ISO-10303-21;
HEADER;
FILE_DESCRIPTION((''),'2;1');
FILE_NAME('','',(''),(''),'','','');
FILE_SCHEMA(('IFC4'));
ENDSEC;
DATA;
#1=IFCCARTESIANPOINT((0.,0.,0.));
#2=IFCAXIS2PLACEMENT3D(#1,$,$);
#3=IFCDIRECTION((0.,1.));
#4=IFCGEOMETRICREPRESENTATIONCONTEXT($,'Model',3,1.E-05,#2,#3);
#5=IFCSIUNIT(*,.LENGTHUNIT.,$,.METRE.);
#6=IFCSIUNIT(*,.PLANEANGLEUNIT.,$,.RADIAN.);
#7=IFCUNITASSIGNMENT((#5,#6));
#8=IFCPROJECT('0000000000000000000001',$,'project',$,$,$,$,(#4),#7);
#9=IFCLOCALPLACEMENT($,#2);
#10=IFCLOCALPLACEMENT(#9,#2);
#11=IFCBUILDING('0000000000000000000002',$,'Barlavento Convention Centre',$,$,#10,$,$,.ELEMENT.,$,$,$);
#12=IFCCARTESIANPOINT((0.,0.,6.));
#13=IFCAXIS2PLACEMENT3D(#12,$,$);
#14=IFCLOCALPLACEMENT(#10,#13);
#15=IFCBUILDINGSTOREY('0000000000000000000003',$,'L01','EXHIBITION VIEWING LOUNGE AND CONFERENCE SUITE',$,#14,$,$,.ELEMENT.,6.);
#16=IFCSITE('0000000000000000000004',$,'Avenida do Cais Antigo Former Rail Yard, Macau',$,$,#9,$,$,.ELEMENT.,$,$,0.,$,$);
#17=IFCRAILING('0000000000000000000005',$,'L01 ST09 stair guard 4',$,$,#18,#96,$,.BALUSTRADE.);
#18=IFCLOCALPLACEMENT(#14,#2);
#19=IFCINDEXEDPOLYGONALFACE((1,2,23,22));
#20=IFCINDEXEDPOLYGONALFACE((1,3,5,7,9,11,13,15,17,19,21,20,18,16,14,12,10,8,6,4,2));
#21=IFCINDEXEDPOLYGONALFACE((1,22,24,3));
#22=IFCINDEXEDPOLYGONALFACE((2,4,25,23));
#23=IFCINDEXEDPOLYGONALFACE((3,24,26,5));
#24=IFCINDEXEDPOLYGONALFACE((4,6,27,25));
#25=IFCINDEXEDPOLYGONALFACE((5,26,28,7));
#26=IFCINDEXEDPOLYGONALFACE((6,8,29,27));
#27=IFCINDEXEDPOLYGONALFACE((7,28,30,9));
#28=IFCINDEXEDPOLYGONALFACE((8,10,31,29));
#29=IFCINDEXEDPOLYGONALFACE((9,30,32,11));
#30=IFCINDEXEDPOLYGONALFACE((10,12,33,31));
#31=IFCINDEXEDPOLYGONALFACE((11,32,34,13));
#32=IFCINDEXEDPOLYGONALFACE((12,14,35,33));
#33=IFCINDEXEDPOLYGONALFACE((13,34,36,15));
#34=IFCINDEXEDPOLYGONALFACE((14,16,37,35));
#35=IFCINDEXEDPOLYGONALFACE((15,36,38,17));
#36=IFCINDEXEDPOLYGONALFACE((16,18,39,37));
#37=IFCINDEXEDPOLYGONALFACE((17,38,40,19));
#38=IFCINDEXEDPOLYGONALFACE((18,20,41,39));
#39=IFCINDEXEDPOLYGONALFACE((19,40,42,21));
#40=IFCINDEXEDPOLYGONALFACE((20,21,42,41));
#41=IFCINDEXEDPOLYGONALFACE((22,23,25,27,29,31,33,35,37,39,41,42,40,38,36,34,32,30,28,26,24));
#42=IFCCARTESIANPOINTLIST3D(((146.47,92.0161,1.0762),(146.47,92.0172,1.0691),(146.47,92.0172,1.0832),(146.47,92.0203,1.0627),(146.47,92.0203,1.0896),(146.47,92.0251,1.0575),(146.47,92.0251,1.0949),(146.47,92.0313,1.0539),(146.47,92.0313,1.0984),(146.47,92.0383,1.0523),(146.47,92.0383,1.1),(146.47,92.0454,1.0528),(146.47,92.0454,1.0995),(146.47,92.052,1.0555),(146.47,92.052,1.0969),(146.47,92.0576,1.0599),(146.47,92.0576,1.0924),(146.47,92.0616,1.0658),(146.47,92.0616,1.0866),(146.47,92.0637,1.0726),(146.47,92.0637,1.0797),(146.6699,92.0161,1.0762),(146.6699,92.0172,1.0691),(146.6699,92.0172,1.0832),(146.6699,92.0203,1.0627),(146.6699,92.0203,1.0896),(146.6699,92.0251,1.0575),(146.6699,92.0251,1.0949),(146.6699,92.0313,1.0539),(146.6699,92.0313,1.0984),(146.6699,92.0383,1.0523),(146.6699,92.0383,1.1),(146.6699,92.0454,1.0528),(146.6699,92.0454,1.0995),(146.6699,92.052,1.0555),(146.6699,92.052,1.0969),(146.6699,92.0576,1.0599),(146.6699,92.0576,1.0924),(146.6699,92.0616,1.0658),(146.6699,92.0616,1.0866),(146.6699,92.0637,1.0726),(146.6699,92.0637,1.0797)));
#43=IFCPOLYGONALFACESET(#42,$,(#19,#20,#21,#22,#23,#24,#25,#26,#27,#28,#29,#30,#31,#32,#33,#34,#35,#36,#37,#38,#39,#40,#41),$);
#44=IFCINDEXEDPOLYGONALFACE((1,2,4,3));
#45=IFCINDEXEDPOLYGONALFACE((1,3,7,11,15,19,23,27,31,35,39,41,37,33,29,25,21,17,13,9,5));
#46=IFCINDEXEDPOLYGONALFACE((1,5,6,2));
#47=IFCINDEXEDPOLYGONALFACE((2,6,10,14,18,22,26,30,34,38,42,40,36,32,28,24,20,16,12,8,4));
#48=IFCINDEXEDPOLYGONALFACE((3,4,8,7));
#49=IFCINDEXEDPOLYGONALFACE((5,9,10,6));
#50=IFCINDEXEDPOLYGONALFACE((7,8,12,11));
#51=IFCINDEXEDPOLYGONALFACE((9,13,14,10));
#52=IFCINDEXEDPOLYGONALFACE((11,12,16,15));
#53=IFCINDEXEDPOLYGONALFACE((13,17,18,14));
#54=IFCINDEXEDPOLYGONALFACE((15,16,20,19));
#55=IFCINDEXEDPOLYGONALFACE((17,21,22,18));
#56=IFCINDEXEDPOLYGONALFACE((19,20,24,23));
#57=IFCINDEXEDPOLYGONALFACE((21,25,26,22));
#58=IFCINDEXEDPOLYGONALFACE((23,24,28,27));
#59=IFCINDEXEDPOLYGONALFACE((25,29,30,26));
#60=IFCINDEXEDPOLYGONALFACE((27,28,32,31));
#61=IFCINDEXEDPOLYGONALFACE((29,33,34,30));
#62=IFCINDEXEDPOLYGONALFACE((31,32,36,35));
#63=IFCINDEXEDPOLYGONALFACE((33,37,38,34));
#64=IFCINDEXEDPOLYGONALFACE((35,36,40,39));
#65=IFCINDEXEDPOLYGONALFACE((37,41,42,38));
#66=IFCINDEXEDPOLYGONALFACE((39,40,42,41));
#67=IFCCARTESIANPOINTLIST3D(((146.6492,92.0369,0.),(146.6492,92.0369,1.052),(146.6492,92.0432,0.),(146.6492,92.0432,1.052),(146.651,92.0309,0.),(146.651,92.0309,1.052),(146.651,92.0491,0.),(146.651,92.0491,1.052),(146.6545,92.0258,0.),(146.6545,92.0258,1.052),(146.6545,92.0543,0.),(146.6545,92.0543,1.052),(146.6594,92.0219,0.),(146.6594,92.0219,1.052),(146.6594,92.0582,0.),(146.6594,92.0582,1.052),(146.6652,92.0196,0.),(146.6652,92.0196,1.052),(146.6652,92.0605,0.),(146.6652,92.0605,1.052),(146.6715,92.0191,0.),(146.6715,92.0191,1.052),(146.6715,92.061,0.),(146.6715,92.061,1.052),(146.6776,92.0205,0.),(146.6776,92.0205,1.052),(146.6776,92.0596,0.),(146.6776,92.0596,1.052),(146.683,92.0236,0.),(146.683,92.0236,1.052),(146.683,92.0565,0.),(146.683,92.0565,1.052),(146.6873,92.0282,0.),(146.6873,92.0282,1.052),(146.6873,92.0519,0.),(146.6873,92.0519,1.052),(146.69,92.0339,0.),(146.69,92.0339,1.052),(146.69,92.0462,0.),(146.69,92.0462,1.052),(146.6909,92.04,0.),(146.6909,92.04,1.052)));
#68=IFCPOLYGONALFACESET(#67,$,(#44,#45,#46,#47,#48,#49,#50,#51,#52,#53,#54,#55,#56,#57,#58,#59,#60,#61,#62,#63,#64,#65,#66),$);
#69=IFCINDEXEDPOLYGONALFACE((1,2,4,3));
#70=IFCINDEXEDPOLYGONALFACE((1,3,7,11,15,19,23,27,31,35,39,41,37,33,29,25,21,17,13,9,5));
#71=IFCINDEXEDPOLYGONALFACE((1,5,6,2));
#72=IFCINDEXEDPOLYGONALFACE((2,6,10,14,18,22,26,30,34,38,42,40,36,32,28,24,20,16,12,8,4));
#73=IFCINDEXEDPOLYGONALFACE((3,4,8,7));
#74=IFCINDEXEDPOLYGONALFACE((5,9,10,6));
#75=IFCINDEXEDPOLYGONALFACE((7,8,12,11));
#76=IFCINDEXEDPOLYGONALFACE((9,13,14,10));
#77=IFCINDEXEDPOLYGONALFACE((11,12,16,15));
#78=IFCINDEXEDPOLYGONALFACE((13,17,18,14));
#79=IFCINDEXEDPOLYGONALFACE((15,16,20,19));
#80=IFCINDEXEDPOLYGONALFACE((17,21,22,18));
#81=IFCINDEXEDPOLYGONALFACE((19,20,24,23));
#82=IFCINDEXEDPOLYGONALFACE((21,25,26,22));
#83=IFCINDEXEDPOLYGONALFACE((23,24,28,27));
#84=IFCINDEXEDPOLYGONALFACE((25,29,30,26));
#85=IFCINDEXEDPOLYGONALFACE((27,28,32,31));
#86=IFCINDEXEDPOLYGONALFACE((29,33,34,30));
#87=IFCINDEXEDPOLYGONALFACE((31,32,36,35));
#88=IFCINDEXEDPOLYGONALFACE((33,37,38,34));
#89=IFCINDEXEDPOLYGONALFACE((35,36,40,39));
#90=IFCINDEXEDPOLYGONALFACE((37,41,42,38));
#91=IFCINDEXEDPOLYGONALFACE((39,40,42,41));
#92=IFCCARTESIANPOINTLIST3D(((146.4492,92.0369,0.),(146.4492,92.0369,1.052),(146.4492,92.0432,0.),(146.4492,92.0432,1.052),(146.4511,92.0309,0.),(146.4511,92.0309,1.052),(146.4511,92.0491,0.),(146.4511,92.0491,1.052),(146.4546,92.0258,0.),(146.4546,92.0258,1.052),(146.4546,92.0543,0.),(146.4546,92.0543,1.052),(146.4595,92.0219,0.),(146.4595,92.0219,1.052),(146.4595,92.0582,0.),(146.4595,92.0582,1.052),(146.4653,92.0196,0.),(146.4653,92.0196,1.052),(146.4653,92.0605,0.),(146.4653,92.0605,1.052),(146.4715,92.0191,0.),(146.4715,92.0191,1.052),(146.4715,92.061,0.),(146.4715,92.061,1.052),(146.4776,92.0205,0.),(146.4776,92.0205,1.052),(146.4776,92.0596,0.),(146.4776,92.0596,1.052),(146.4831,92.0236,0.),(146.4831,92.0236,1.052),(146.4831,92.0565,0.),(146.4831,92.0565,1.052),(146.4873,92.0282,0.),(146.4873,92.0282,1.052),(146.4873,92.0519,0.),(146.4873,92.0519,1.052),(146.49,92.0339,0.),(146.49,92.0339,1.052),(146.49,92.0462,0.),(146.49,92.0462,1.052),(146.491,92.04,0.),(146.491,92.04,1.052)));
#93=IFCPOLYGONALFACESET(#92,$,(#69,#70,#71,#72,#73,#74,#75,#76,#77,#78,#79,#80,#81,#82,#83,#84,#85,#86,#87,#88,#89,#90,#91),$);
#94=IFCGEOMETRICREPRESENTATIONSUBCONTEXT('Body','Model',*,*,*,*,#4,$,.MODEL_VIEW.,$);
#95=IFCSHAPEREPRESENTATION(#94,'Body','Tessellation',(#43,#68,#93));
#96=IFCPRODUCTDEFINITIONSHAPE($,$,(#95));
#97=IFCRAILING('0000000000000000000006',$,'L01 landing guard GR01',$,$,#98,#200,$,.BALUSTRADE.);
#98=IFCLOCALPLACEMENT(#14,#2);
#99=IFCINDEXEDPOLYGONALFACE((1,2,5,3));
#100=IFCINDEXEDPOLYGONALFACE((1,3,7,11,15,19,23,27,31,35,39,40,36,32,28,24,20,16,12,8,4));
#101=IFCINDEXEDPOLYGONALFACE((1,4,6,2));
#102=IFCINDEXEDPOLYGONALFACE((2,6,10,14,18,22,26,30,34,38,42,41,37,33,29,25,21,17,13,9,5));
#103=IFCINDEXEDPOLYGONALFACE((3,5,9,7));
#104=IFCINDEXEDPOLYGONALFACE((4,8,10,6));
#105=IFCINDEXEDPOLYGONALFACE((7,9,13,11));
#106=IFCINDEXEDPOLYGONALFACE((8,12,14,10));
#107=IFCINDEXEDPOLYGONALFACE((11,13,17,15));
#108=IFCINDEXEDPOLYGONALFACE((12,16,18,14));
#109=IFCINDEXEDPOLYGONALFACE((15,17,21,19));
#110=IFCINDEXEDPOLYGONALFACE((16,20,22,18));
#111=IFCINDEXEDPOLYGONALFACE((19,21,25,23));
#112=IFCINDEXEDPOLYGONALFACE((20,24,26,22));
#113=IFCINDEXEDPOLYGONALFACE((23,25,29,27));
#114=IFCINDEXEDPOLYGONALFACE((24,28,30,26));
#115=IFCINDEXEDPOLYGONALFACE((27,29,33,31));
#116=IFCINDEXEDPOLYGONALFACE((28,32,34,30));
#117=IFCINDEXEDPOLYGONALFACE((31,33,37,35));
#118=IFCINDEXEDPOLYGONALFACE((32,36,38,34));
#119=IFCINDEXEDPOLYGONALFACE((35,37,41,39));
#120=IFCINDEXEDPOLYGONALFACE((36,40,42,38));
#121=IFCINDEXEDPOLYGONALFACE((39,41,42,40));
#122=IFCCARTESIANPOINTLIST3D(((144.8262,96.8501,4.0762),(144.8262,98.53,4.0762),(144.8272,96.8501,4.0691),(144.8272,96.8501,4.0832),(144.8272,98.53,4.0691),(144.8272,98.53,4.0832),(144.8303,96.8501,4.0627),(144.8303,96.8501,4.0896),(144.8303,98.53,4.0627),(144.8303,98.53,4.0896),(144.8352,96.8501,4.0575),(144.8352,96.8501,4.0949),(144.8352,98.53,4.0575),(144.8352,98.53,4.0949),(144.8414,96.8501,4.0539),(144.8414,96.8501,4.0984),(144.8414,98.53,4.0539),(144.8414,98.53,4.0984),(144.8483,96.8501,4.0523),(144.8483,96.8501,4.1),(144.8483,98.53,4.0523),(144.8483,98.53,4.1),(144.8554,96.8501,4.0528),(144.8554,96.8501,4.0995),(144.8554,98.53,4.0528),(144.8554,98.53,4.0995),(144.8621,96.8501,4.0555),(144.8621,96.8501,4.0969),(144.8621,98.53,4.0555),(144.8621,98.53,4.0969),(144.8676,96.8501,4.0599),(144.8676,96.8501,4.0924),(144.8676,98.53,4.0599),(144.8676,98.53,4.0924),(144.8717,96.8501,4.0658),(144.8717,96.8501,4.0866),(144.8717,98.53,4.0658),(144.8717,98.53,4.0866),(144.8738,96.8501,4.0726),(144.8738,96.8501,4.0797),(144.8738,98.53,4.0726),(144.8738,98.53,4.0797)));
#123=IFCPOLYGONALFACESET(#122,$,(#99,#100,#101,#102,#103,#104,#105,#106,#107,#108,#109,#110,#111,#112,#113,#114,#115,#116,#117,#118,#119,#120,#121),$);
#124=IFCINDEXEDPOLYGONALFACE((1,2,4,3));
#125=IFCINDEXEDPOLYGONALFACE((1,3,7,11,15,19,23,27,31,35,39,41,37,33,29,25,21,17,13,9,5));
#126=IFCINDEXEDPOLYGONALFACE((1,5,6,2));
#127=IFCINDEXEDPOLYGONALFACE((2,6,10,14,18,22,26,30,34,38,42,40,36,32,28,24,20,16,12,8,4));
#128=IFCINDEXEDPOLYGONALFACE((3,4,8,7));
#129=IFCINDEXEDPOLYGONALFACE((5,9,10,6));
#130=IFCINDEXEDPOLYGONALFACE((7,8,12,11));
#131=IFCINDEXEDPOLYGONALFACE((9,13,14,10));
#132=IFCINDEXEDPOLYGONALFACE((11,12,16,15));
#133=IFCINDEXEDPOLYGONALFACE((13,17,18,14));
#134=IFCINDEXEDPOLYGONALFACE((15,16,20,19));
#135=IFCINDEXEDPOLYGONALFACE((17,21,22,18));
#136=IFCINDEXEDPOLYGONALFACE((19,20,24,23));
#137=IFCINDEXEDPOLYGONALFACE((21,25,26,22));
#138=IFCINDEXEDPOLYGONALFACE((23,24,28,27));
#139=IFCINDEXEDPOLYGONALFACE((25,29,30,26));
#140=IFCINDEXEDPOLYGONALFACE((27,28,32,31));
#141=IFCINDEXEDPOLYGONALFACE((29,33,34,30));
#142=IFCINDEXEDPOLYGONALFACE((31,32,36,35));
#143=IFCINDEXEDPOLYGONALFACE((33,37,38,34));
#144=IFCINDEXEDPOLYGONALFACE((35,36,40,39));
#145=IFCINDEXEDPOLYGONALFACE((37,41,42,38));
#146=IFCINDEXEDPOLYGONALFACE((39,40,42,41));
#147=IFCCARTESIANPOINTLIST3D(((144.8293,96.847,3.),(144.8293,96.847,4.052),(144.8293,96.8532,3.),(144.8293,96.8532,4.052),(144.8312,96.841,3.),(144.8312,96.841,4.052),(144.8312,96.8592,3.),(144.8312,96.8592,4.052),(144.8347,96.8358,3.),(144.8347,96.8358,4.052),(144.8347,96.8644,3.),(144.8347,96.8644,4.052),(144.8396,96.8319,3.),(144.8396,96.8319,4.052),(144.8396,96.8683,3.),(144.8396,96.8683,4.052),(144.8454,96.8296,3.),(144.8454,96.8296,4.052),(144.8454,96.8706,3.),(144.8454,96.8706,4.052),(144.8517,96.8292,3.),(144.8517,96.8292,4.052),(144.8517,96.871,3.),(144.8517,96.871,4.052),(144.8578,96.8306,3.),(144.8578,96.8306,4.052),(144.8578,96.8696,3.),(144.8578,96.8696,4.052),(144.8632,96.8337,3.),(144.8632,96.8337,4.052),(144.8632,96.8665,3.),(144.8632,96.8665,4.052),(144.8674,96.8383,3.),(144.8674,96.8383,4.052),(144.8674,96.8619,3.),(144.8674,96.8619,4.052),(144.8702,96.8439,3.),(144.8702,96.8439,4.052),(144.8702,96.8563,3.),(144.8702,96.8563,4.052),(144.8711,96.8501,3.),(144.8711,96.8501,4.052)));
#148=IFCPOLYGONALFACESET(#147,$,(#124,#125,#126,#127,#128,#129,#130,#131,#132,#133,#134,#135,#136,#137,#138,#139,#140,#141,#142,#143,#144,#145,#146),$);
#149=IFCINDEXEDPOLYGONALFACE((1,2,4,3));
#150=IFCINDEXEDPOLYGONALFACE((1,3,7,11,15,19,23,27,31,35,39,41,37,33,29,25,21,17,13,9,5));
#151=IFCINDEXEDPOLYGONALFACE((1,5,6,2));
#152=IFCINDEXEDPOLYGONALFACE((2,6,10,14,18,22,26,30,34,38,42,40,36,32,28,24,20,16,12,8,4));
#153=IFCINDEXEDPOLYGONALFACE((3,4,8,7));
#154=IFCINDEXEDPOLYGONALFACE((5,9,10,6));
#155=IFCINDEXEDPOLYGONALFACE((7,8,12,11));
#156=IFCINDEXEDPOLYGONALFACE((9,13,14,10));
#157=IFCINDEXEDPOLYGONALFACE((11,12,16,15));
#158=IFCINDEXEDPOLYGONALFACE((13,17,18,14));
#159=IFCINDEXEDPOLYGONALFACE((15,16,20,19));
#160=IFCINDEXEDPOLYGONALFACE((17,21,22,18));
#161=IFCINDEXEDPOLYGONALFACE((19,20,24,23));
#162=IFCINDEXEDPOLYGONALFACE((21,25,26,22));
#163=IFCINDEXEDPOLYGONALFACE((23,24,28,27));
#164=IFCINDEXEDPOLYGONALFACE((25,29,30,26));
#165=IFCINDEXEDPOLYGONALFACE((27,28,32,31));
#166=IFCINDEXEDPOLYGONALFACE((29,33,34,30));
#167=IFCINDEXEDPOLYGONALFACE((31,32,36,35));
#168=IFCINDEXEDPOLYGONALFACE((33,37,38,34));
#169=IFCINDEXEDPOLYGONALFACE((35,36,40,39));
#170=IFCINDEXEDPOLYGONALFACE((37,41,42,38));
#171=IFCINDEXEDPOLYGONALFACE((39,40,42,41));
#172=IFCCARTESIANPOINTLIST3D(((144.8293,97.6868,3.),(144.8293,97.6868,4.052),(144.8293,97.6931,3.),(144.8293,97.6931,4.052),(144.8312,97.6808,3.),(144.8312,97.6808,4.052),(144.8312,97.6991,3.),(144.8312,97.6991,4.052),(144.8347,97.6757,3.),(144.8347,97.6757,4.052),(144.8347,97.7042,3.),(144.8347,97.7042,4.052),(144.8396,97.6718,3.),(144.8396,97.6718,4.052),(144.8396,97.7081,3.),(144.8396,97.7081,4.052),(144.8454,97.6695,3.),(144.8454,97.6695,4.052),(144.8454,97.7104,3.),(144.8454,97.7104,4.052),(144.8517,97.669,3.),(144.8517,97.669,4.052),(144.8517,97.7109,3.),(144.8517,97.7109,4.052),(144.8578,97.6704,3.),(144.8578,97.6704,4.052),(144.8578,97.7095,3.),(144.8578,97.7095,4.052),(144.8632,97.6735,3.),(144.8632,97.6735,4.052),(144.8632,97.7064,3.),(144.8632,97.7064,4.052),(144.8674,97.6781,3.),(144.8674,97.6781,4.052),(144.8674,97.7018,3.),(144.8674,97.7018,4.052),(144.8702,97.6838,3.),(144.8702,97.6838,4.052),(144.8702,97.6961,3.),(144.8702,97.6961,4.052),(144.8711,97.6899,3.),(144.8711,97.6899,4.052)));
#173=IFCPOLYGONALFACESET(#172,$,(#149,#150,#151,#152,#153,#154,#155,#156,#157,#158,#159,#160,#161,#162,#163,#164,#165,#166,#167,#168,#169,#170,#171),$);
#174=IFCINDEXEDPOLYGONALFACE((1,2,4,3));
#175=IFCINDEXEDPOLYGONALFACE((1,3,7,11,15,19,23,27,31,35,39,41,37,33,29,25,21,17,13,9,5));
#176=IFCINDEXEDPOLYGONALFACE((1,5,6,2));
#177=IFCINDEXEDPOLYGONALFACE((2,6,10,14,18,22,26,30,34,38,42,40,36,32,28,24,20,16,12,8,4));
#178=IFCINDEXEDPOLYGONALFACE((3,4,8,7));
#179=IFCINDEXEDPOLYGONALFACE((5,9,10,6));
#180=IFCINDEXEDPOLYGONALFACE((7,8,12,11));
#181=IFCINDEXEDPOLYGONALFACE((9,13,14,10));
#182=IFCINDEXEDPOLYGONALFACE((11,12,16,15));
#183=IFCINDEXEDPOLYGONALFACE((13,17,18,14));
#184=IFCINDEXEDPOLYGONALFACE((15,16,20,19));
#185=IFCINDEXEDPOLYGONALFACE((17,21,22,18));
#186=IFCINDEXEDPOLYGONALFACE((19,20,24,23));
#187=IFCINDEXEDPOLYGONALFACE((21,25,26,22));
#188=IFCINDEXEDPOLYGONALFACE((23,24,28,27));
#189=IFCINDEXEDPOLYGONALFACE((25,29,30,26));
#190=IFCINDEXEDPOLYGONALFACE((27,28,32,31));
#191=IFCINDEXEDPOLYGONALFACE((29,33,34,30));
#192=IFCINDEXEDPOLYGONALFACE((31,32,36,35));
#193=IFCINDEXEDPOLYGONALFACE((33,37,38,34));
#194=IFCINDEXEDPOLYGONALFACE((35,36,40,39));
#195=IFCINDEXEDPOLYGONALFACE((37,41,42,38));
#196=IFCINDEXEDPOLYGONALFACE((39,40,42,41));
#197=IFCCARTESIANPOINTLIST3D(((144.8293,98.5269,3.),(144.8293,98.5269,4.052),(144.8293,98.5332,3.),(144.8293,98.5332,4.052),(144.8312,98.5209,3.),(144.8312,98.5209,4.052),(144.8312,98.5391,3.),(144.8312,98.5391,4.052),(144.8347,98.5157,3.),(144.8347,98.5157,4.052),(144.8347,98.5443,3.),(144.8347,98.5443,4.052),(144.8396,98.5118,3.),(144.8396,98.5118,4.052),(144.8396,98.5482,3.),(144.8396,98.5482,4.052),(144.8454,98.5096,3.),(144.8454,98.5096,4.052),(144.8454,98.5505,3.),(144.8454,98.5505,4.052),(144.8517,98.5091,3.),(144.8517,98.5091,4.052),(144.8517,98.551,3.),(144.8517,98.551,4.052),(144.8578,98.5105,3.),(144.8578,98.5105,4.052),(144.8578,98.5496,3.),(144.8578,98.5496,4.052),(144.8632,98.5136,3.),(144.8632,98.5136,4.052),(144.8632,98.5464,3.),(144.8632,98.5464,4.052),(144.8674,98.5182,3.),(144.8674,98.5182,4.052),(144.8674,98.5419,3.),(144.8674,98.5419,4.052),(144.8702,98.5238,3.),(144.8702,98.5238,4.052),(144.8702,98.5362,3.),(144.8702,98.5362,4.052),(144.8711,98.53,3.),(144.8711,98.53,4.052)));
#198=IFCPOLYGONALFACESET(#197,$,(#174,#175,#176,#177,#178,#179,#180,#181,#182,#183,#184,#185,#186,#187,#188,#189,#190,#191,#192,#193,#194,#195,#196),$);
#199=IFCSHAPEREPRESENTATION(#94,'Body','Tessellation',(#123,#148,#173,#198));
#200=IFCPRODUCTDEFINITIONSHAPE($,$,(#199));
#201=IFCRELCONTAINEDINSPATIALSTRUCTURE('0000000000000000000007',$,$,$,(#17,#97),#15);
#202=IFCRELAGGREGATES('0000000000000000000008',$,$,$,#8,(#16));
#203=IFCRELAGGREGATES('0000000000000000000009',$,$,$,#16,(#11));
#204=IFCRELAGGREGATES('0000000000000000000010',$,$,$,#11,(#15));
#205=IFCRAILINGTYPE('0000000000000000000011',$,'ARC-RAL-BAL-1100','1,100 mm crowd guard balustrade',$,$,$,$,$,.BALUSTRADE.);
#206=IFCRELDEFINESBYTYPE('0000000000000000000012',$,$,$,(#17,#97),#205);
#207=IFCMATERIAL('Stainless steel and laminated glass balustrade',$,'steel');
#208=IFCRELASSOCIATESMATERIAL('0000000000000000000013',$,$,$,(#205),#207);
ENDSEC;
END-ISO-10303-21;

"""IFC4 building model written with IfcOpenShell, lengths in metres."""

from ifc_helpers import new_model, si_unit, direction, frame, origin, origin_2d, place, context, subcontext, project, spatial, circle, extrude, material, type_object, element, save


model = new_model("IFC4")

# Units and contexts
model_context = context("Model", 3, precision=1e-05, world=origin(), true_north=direction((0.0, 1.0)))
body_context = subcontext(model_context, "Body", "Model", "MODEL_VIEW")
ifc_project = project(units=[si_unit("LENGTHUNIT", "METRE"), si_unit("PLANEANGLEUNIT", "RADIAN")], contexts=[model_context])

# Site, building, storey
site_placement = place(None, origin())
site = spatial("IfcSite", under=ifc_project, at=site_placement, Name="Avenida do Cais Antigo Former Rail Yard, Macau", CompositionType="ELEMENT", RefElevation=0.0)
building_placement = place(site_placement, origin())
building = spatial("IfcBuilding", under=site, at=building_placement, Name="Barlavento Convention Centre", CompositionType="ELEMENT")
storey_placement = place(building_placement, frame((0.0, 0.0, 6.0)))
storey = spatial("IfcBuildingStorey", under=building, at=storey_placement, Name="L01", Description="EXHIBITION VIEWING LOUNGE AND CONFERENCE SUITE", CompositionType="ELEMENT", Elevation=6.0)

# Railings
ifc_material_1 = material(Name="Stainless steel and laminated glass balustrade", Category="steel")
railing_type_1 = type_object("IfcRailingType", Name="ARC-RAL-BAL-1100", Description="1,100 mm crowd guard balustrade", PredefinedType="BALUSTRADE", material=ifc_material_1)
railing_1_placement = place(storey_placement, frame((146.6699, 92.04, 0.0)))
element("IfcRailing", 1, at=railing_1_placement, inside=storey, type_object=railing_type_1, Name="L01 ST09 stair guard 4", PredefinedType="BALUSTRADE", context=body_context, shape_type="SweptSolid", body=[
    extrude(circle(Radius=0.0239, at=origin_2d()), frame((0.0, 0.0, 1.0762), z_axis=(-1.0, 0.0, 0.0), x_axis=(0.0, -1.0, 0.0)), (0.0, 0.0, 1.0), 0.2),
    extrude(circle(Radius=0.021, at=origin_2d()), origin(), (0.0, 0.0, 1.0), 1.052),
    extrude(circle(Radius=0.021, at=origin_2d()), frame((-0.2, 0.0, 0.0)), (0.0, 0.0, 1.0), 1.052),
])
railing_2_placement = place(storey_placement, frame((144.8501, 96.8501, 3.0)))
element("IfcRailing", 2, at=railing_2_placement, inside=storey, type_object=railing_type_1, Name="L01 landing guard GR01", PredefinedType="BALUSTRADE", context=body_context, shape_type="SweptSolid", body=[
    extrude(circle(Radius=0.0239, at=origin_2d()), frame((0.0, 0.0, 1.0762), z_axis=(0.0, 1.0, 0.0), x_axis=(-1.0, 0.0, 0.0)), (0.0, 0.0, 1.0), 1.6799),
    extrude(circle(Radius=0.021, at=origin_2d()), origin(), (0.0, 0.0, 1.0), 1.052),
    extrude(circle(Radius=0.021, at=origin_2d()), frame((0.0, 0.8398, 0.0)), (0.0, 0.0, 1.0), 1.052),
    extrude(circle(Radius=0.021, at=origin_2d()), frame((0.0, 1.6799, 0.0)), (0.0, 0.0, 1.0), 1.052),
])

save(model, "model.ifc")
